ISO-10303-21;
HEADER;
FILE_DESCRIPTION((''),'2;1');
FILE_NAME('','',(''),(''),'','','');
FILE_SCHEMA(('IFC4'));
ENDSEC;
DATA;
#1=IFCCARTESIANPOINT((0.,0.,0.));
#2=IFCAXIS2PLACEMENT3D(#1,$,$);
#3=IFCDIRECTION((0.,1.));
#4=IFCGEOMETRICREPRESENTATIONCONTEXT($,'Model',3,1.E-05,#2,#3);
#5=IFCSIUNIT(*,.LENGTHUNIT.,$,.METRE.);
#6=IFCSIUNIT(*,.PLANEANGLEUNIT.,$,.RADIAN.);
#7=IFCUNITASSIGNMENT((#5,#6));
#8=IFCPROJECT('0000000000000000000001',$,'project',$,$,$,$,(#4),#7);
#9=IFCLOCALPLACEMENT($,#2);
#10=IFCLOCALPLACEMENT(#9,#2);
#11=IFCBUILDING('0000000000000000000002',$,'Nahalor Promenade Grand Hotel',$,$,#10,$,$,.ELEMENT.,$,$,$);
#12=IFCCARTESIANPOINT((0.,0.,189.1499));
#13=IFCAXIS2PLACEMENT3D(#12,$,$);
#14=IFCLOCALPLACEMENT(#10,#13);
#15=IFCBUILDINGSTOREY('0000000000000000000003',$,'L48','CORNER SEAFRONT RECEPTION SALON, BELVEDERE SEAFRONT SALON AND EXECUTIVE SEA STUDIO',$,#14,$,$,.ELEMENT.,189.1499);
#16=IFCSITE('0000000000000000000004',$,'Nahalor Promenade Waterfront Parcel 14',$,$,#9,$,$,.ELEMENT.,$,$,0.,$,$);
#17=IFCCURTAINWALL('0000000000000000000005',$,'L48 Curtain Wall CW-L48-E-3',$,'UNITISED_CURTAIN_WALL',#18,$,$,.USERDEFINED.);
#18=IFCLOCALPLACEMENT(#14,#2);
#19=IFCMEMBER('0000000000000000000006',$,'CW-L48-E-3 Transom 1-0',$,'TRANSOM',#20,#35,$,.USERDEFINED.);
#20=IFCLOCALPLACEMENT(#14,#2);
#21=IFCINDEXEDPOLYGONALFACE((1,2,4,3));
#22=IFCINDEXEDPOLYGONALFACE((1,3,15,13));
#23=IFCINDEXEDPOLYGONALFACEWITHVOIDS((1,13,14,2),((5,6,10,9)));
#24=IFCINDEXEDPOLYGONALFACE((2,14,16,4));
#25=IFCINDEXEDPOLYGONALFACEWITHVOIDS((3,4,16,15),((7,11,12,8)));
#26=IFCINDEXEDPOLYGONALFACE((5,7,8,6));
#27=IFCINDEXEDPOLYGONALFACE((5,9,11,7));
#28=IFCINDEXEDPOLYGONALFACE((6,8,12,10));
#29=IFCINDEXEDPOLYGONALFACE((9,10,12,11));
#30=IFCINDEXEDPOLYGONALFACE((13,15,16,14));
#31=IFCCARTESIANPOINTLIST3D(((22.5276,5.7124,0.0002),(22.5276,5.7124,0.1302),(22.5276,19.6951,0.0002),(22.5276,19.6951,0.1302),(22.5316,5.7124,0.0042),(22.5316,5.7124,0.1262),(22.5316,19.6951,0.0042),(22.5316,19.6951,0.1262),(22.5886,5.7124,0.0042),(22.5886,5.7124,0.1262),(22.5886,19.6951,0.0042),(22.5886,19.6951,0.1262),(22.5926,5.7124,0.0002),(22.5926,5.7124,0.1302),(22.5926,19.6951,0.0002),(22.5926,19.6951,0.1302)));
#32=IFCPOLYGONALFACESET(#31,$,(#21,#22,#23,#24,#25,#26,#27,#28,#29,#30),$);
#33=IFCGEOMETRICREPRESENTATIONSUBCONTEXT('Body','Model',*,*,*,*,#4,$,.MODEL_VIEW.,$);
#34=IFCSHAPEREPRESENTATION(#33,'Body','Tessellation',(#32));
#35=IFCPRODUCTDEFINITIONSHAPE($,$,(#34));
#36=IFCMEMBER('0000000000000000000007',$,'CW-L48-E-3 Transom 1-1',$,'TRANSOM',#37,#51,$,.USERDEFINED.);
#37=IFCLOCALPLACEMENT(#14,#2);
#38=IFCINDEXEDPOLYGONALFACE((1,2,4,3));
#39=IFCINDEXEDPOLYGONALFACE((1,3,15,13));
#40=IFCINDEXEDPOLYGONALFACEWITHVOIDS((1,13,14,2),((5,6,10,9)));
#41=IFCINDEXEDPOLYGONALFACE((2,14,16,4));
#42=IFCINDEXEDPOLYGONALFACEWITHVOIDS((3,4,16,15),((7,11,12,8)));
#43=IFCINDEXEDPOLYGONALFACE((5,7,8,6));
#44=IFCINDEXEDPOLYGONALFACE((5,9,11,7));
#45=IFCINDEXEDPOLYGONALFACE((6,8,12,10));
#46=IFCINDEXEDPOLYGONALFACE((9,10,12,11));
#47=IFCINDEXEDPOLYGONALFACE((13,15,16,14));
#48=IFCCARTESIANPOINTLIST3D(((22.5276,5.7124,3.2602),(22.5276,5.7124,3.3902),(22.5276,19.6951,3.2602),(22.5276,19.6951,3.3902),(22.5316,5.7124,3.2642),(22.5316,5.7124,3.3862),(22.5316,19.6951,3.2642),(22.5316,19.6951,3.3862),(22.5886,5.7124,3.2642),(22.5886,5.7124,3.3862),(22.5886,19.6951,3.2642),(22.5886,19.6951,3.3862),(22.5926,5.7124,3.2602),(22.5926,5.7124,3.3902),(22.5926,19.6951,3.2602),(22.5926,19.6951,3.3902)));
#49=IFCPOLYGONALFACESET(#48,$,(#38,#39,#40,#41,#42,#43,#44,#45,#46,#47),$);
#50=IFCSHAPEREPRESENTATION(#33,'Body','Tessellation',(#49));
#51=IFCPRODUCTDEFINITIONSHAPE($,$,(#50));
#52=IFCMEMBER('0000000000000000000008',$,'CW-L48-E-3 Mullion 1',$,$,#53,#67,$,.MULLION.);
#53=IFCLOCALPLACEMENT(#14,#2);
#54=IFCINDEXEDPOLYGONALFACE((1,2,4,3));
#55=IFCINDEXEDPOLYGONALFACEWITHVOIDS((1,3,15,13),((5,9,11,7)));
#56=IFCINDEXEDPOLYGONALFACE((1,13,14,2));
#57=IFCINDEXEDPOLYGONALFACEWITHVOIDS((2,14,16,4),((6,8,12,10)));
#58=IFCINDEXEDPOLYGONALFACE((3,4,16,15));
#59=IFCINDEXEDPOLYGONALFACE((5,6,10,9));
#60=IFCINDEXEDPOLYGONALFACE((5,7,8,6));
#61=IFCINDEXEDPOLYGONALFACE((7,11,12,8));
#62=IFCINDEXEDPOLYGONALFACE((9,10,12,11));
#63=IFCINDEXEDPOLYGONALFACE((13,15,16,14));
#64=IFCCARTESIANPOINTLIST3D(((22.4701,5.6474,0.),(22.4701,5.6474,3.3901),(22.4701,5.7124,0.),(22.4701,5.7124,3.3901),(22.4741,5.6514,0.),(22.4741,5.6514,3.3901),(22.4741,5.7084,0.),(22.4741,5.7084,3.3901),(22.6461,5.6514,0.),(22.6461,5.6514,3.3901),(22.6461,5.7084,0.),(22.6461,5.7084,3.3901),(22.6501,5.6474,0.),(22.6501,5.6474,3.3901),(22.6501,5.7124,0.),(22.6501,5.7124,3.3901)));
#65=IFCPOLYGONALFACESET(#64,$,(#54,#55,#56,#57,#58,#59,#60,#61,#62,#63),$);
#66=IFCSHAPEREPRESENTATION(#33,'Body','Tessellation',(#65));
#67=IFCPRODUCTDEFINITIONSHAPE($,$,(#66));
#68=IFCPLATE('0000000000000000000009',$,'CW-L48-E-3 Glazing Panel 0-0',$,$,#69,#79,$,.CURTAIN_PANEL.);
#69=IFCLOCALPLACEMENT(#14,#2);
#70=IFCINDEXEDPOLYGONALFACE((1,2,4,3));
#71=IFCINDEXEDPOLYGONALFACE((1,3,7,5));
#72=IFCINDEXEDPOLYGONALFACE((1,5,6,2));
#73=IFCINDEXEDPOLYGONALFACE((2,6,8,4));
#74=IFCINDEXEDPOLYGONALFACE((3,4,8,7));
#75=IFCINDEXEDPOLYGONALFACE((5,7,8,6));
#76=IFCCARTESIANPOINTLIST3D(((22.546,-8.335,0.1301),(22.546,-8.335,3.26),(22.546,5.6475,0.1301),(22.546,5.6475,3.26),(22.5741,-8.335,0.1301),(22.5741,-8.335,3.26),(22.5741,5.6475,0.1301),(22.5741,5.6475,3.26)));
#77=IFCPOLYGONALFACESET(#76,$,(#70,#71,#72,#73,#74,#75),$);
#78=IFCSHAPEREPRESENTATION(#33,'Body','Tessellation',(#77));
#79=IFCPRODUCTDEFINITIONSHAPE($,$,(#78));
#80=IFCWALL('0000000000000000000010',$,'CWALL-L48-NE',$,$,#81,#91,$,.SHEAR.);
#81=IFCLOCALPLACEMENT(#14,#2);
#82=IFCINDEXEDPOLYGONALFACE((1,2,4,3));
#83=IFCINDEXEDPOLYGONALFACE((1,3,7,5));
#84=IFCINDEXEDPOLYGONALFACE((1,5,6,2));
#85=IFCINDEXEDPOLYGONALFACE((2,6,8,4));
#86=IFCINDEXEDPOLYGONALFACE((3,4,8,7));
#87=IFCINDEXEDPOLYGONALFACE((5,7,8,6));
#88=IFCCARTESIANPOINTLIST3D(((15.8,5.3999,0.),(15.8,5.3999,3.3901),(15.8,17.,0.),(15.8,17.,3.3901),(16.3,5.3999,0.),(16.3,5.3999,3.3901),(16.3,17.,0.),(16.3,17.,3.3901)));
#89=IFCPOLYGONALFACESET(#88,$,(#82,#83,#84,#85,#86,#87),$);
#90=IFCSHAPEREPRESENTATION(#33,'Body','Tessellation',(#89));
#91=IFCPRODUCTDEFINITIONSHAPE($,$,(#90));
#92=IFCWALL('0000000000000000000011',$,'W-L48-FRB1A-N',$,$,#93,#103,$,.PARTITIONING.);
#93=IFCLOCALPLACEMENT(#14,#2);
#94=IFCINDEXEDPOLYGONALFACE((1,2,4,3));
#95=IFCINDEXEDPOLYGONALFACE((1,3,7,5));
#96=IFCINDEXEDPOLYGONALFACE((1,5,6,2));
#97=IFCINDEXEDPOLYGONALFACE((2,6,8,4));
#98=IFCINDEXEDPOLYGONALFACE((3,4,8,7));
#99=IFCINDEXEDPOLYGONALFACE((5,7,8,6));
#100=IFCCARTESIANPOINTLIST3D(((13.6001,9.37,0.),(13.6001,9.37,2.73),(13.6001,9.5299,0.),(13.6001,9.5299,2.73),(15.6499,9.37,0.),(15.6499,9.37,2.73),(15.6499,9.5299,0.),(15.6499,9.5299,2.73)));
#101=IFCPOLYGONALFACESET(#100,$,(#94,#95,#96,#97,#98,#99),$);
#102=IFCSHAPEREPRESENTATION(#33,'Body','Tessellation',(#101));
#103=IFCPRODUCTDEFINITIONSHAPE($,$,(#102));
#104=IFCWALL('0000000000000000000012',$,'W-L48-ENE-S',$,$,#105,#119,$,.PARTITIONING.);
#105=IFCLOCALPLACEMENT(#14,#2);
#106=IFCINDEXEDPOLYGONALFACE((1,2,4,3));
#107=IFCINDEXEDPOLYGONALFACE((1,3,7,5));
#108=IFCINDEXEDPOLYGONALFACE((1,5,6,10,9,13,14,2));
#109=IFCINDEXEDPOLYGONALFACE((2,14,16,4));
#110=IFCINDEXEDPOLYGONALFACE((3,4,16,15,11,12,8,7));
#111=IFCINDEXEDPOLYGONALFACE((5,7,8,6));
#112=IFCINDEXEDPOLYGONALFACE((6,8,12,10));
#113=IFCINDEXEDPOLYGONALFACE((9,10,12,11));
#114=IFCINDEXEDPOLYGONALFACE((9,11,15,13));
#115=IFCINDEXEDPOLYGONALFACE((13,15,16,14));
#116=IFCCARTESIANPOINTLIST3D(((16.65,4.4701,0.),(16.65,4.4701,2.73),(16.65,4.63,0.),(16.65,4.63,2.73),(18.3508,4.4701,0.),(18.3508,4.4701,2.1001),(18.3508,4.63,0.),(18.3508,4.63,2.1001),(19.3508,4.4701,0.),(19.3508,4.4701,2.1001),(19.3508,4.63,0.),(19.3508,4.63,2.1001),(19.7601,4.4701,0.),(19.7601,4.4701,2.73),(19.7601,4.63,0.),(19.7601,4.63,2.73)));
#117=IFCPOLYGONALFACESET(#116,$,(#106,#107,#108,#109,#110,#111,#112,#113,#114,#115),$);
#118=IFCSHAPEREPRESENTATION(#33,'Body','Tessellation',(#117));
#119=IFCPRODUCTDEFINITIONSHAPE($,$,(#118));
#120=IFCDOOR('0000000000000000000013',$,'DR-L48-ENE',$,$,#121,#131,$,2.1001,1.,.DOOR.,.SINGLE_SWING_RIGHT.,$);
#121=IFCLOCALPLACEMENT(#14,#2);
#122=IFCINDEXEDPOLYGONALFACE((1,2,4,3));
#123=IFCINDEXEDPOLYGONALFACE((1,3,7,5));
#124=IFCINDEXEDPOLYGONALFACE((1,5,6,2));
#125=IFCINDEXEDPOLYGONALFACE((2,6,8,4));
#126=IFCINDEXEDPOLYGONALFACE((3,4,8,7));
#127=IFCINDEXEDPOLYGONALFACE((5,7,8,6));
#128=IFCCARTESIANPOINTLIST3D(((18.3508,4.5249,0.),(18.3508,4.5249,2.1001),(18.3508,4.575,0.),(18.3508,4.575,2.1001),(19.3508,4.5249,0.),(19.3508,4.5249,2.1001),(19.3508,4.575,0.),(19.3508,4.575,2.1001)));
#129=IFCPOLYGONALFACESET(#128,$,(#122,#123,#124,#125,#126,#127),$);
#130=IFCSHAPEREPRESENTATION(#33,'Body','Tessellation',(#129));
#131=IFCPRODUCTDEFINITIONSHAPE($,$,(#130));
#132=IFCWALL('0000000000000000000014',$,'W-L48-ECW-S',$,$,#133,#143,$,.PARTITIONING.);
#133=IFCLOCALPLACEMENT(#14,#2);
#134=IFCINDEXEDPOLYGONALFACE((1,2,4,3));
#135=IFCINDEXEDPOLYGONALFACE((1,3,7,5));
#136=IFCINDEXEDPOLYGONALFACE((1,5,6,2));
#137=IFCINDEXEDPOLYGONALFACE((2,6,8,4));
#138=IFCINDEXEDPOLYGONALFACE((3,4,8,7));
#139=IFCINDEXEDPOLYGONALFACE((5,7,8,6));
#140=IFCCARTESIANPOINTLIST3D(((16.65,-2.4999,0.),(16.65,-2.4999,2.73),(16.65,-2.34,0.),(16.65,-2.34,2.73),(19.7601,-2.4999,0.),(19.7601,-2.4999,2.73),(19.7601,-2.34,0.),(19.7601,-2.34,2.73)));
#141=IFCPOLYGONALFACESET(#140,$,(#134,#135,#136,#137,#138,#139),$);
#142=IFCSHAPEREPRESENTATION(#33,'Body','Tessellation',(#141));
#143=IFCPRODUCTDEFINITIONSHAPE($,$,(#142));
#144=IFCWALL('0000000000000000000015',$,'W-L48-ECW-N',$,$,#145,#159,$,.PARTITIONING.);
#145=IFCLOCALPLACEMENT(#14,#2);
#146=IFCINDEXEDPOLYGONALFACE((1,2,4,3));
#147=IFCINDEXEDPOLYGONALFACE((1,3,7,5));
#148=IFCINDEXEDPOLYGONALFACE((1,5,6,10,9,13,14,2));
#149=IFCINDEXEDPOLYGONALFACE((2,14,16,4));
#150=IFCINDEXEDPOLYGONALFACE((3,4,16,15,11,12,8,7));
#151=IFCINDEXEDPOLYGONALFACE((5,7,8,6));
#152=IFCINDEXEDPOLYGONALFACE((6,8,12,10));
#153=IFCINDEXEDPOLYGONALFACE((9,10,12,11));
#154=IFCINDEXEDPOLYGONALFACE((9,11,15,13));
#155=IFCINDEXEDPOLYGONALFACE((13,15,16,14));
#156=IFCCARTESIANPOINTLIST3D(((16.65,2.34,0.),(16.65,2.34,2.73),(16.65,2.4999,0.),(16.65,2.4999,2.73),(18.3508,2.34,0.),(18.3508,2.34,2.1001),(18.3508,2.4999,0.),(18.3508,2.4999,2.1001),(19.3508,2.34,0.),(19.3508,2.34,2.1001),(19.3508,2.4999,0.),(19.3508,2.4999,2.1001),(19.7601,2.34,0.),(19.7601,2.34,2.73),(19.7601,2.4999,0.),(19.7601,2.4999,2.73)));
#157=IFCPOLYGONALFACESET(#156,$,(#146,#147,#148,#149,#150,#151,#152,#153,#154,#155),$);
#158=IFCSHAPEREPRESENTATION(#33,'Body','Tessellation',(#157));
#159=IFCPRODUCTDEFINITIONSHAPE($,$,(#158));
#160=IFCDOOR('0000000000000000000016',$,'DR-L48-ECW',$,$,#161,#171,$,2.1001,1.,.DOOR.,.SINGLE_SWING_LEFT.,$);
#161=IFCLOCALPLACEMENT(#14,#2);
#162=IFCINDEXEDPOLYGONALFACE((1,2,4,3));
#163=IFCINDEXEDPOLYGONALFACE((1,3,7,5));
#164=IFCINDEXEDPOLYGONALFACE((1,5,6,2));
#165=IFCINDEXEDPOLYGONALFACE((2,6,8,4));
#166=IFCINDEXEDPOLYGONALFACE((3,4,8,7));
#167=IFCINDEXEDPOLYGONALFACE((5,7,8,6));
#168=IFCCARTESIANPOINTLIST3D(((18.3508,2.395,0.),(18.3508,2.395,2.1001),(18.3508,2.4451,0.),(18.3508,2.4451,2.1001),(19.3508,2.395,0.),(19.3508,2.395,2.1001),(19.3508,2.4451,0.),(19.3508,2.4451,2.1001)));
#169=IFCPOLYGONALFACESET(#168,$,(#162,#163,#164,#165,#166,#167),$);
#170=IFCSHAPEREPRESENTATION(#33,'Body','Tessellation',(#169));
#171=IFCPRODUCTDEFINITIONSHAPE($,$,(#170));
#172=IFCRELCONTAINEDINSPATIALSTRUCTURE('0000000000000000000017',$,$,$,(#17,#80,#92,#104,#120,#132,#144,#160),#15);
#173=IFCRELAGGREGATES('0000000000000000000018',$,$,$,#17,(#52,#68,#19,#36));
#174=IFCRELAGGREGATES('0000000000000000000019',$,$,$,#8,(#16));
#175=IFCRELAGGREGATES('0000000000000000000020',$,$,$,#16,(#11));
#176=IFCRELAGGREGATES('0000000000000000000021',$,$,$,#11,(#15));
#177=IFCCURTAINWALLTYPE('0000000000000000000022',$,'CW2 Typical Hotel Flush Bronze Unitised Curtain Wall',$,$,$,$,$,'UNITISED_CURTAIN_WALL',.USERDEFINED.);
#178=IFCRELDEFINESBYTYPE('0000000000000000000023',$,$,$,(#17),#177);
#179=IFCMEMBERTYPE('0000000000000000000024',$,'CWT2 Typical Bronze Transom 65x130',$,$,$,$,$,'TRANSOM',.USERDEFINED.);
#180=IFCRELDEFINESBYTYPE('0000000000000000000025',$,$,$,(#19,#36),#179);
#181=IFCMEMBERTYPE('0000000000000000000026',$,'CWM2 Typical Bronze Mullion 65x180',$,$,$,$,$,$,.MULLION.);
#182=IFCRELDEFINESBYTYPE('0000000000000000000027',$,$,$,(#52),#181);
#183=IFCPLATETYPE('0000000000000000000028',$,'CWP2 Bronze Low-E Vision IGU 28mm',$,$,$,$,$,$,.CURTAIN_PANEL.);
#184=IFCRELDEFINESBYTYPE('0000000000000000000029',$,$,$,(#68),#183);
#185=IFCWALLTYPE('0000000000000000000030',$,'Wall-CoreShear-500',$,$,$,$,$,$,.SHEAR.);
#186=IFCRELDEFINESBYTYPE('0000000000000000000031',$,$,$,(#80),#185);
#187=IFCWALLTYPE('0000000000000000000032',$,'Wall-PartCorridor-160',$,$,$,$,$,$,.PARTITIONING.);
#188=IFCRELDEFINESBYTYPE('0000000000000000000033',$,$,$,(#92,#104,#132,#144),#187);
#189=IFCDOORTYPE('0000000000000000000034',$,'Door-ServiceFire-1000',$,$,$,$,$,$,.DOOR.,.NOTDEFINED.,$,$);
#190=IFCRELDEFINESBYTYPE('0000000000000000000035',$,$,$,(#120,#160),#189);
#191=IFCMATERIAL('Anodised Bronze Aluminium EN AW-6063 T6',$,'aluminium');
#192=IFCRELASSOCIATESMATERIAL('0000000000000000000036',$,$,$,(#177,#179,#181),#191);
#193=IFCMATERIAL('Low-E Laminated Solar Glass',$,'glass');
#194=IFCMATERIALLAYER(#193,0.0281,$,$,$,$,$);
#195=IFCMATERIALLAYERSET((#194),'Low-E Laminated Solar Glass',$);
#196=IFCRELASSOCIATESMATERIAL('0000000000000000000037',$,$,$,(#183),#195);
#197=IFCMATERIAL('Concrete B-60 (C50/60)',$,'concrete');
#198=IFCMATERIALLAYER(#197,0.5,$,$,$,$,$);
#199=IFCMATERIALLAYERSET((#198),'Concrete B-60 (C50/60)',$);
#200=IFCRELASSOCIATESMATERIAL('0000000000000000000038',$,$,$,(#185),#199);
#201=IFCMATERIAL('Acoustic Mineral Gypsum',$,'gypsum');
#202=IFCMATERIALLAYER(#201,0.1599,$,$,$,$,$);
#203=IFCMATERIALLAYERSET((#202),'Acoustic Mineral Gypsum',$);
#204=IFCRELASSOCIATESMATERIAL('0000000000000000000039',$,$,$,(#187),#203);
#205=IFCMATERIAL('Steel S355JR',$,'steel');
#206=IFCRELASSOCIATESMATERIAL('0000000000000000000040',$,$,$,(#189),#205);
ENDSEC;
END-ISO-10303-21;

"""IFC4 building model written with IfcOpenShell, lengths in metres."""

from ifc_helpers import new_model, si_unit, direction, frame, frame_2d, origin, origin_2d, place, context, subcontext, project, spatial, rectangle, hollow_rectangle, extrude, source, transform, mapped, material, layer, layer_set, material_profile, profile_set, type_object, element, fill, aggregate, save


model = new_model("IFC4")

# Units and contexts
model_context = context("Model", 3, precision=1e-05, world=origin(), true_north=direction((0.0, 1.0)))
body_context = subcontext(model_context, "Body", "Model", "MODEL_VIEW")
ifc_project = project(units=[si_unit("LENGTHUNIT", "METRE"), si_unit("PLANEANGLEUNIT", "RADIAN")], contexts=[model_context])

# Site, building, storey
site_placement = place(None, origin())
site = spatial("IfcSite", under=ifc_project, at=site_placement, Name="Nahalor Promenade Waterfront Parcel 14", CompositionType="ELEMENT", RefElevation=0.0)
building_placement = place(site_placement, origin())
building = spatial("IfcBuilding", under=site, at=building_placement, Name="Nahalor Promenade Grand Hotel", CompositionType="ELEMENT")
storey_placement = place(building_placement, frame((0.0, 0.0, 189.1499)))
storey = spatial("IfcBuildingStorey", under=building, at=storey_placement, Name="L48", Description="CORNER SEAFRONT RECEPTION SALON, BELVEDERE SEAFRONT SALON AND EXECUTIVE SEA STUDIO", CompositionType="ELEMENT", Elevation=189.1499)

# Shared definitions
ifc_material_1 = material(Name="Steel S355JR", Category="steel")

# Curtain wall, members, plate
ifc_material_2 = material(Name="Anodised Bronze Aluminium EN AW-6063 T6", Category="aluminium")
curtain_wall_type = type_object("IfcCurtainWallType", Name="CW2 Typical Hotel Flush Bronze Unitised Curtain Wall", ElementType="UNITISED_CURTAIN_WALL", PredefinedType="USERDEFINED", material=ifc_material_2)
curtain_wall_placement = place(storey_placement, origin())
curtain_wall = element("IfcCurtainWall", 1, at=curtain_wall_placement, inside=storey, type_object=curtain_wall_type, Name="L48 Curtain Wall CW-L48-E-3", ObjectType="UNITISED_CURTAIN_WALL", PredefinedType="USERDEFINED")
ifc_material_profile_1 = material_profile(ifc_material_2, hollow_rectangle(XDim=0.065, YDim=0.13, WallThickness=0.004, at=origin_2d()), Name="CWT 65x130x4")
ifc_profile_set_1 = profile_set([ifc_material_profile_1], Name="Anodised Bronze Aluminium EN AW-6063 T6")
member_type_1 = type_object("IfcMemberType", Name="CWT2 Typical Bronze Transom 65x130", ElementType="TRANSOM", PredefinedType="USERDEFINED", material=ifc_profile_set_1)
shared_shape_1 = source(origin(), body_context, "Body", "SweptSolid", [
    extrude(hollow_rectangle(XDim=0.065, YDim=0.13, WallThickness=0.004, at=origin_2d()), origin(), (0.0, 0.0, 1.0), 13.9827),
])
member_1_placement = place(storey_placement, frame((22.5601, 5.7124, 0.0652), z_axis=(0.0, 1.0, 0.0), x_axis=(-1.0, 0.0, 0.0)))
member_1 = element("IfcMember", 2, at=member_1_placement, type_object=member_type_1, Name="CW-L48-E-3 Transom 1-0", ObjectType="TRANSOM", PredefinedType="USERDEFINED", context=body_context, shape_type="MappedRepresentation", body=[
    mapped(shared_shape_1, transform((0.0, 0.0, 0.0), scale=1.0)),
])
member_2_placement = place(storey_placement, frame((22.5601, 5.7124, 3.3252), z_axis=(0.0, 1.0, 0.0), x_axis=(-1.0, 0.0, 0.0)))
member_2 = element("IfcMember", 3, at=member_2_placement, type_object=member_type_1, Name="CW-L48-E-3 Transom 1-1", ObjectType="TRANSOM", PredefinedType="USERDEFINED", context=body_context, shape_type="MappedRepresentation", body=[
    mapped(shared_shape_1, transform((0.0, 0.0, 0.0), scale=1.0)),
])
ifc_material_profile_2 = material_profile(ifc_material_2, hollow_rectangle(XDim=0.065, YDim=0.18, WallThickness=0.004, at=origin_2d()), Name="CWM 65x180x4")
ifc_profile_set_2 = profile_set([ifc_material_profile_2], Name="Anodised Bronze Aluminium EN AW-6063 T6")
member_type_2 = type_object("IfcMemberType", Name="CWM2 Typical Bronze Mullion 65x180", PredefinedType="MULLION", material=ifc_profile_set_2)
shared_shape_2 = source(origin(), body_context, "Body", "SweptSolid", [
    extrude(hollow_rectangle(XDim=0.065, YDim=0.18, WallThickness=0.004, at=origin_2d()), origin(), (0.0, 0.0, 1.0), 3.3901),
])
member_3_placement = place(storey_placement, frame((22.5601, 5.6799, 0.0), z_axis=(0.0, 0.0, 1.0), x_axis=(0.0, 1.0, 0.0)))
member_3 = element("IfcMember", 4, at=member_3_placement, type_object=member_type_2, Name="CW-L48-E-3 Mullion 1", PredefinedType="MULLION", context=body_context, shape_type="MappedRepresentation", body=[
    mapped(shared_shape_2, transform((0.0, 0.0, 0.0), scale=1.0)),
])
ifc_material_3 = material(Name="Low-E Laminated Solar Glass", Category="glass")
ifc_layer_1 = layer(ifc_material_3, 0.0281)
ifc_layer_set_1 = layer_set([ifc_layer_1], Name="Low-E Laminated Solar Glass")
plate_type = type_object("IfcPlateType", Name="CWP2 Bronze Low-E Vision IGU 28mm", PredefinedType="CURTAIN_PANEL", material=ifc_layer_set_1)
shared_shape_3 = source(origin(), body_context, "Body", "SweptSolid", [
    extrude(rectangle(XDim=13.9824, YDim=0.0281, at=origin_2d()), origin(), (0.0, 0.0, 1.0), 3.1299),
])
plate_placement = place(storey_placement, frame((22.5601, -1.3438, 0.1301), z_axis=(0.0, 0.0, 1.0), x_axis=(0.0, 1.0, 0.0)))
plate = element("IfcPlate", 5, at=plate_placement, type_object=plate_type, Name="CW-L48-E-3 Glazing Panel 0-0", PredefinedType="CURTAIN_PANEL", context=body_context, shape_type="MappedRepresentation", body=[
    mapped(shared_shape_3, transform((0.0, 0.0, 0.0), scale=1.0)),
])
aggregate(curtain_wall, [member_3, plate, member_1, member_2])

# Walls
ifc_material_4 = material(Name="Concrete B-60 (C50/60)", Category="concrete")
ifc_layer_2 = layer(ifc_material_4, 0.5)
ifc_layer_set_2 = layer_set([ifc_layer_2], Name="Concrete B-60 (C50/60)")
wall_type_1 = type_object("IfcWallType", Name="Wall-CoreShear-500", PredefinedType="SHEAR", material=ifc_layer_set_2)
shared_shape_4 = source(origin(), body_context, "Body", "SweptSolid", [
    extrude(rectangle(XDim=11.6001, YDim=0.5, at=frame_2d((5.8, 0.0))), origin(), (0.0, 0.0, 1.0), 3.3901),
])
wall_1_placement = place(storey_placement, frame((16.05, 5.3999, 0.0), z_axis=(0.0, 0.0, 1.0), x_axis=(0.0, 1.0, 0.0)))
element("IfcWall", 6, at=wall_1_placement, inside=storey, type_object=wall_type_1, Name="CWALL-L48-NE", PredefinedType="SHEAR", context=body_context, shape_type="MappedRepresentation", body=[
    mapped(shared_shape_4, transform((0.0, 0.0, 0.0), scale=1.0)),
])
ifc_material_5 = material(Name="Acoustic Mineral Gypsum", Category="gypsum")
ifc_layer_3 = layer(ifc_material_5, 0.1599)
ifc_layer_set_3 = layer_set([ifc_layer_3], Name="Acoustic Mineral Gypsum")
wall_type_2 = type_object("IfcWallType", Name="Wall-PartCorridor-160", PredefinedType="PARTITIONING", material=ifc_layer_set_3)
shared_shape_5 = source(origin(), body_context, "Body", "SweptSolid", [
    extrude(rectangle(XDim=2.0498, YDim=0.1599, at=frame_2d((1.0249, 0.0))), origin(), (0.0, 0.0, 1.0), 2.73),
])
wall_2_placement = place(storey_placement, frame((13.6001, 9.45, 0.0), z_axis=(0.0, 0.0, 1.0), x_axis=(1.0, 0.0, 0.0)))
element("IfcWall", 7, at=wall_2_placement, inside=storey, type_object=wall_type_2, Name="W-L48-FRB1A-N", PredefinedType="PARTITIONING", context=body_context, shape_type="MappedRepresentation", body=[
    mapped(shared_shape_5, transform((0.0, 0.0, 0.0), scale=1.0)),
])

# Wall, opening, door
shared_shape_6 = source(origin(), body_context, "Body", "SweptSolid", [
    extrude(rectangle(XDim=3.1101, YDim=0.1599, at=frame_2d((1.5552, 0.0))), origin(), (0.0, 0.0, 1.0), 2.73),
])
wall_3_placement = place(storey_placement, frame((16.6499, 4.55, 0.0), z_axis=(0.0, 0.0, 1.0), x_axis=(1.0, 0.0, 0.0)))
wall_3 = element("IfcWall", 8, at=wall_3_placement, inside=storey, type_object=wall_type_2, Name="W-L48-ENE-S", PredefinedType="PARTITIONING", context=body_context, shape_type="MappedRepresentation", body=[
    mapped(shared_shape_6, transform((0.0, 0.0, 0.0), scale=1.0)),
])
opening_1_placement = place(wall_3_placement, frame((1.7009, 0.0, 0.0)))
opening_1 = element("IfcOpeningElement", 9, at=opening_1_placement, cuts=wall_3, PredefinedType="OPENING", context=body_context, shape_type="SweptSolid", body=[
    extrude(rectangle(XDim=1.0, YDim=2.1001, at=frame_2d((0.5, 1.05))), frame((0.0, 0.0898, 0.0), z_axis=(0.0, -1.0, 0.0), x_axis=(1.0, 0.0, 0.0)), (0.0, 0.0, 1.0), 0.1799),
])
door_type_1 = type_object("IfcDoorType", Name="Door-ServiceFire-1000", OperationType="NOTDEFINED", PredefinedType="DOOR", material=ifc_material_1)
shared_shape_7 = source(origin(), body_context, "Body", "SweptSolid", [
    extrude(rectangle(XDim=1.0, YDim=2.1001, at=frame_2d((0.5, 1.05))), frame((0.0, 0.0249, 0.0), z_axis=(0.0, -1.0, 0.0), x_axis=(1.0, 0.0, 0.0)), (0.0, 0.0, 1.0), 0.05),
])
door_1_placement = place(opening_1_placement, origin())
door_1 = element("IfcDoor", 10, at=door_1_placement, inside=storey, type_object=door_type_1, Name="DR-L48-ENE", OperationType="SINGLE_SWING_RIGHT", OverallHeight=2.1001, OverallWidth=1.0, PredefinedType="DOOR", context=body_context, shape_type="MappedRepresentation", body=[
    mapped(shared_shape_7, transform((0.0, 0.0, 0.0), scale=1.0)),
])
fill(opening_1, door_1)

# Wall
wall_4_placement = place(storey_placement, frame((16.6499, -2.4199, 0.0), z_axis=(0.0, 0.0, 1.0), x_axis=(1.0, 0.0, 0.0)))
element("IfcWall", 11, at=wall_4_placement, inside=storey, type_object=wall_type_2, Name="W-L48-ECW-S", PredefinedType="PARTITIONING", context=body_context, shape_type="MappedRepresentation", body=[
    mapped(shared_shape_6, transform((0.0, 0.0, 0.0), scale=1.0)),
])

# Wall, opening, door
wall_5_placement = place(storey_placement, frame((16.6499, 2.4199, 0.0), z_axis=(0.0, 0.0, 1.0), x_axis=(1.0, 0.0, 0.0)))
wall_5 = element("IfcWall", 12, at=wall_5_placement, inside=storey, type_object=wall_type_2, Name="W-L48-ECW-N", PredefinedType="PARTITIONING", context=body_context, shape_type="MappedRepresentation", body=[
    mapped(shared_shape_6, transform((0.0, 0.0, 0.0), scale=1.0)),
])
opening_2_placement = place(wall_5_placement, frame((1.7009, 0.0, 0.0)))
opening_2 = element("IfcOpeningElement", 13, at=opening_2_placement, cuts=wall_5, PredefinedType="OPENING", context=body_context, shape_type="SweptSolid", body=[
    extrude(rectangle(XDim=1.0, YDim=2.1001, at=frame_2d((0.5, 1.05))), frame((0.0, 0.0898, 0.0), z_axis=(0.0, -1.0, 0.0), x_axis=(1.0, 0.0, 0.0)), (0.0, 0.0, 1.0), 0.1799),
])
door_2_placement = place(opening_2_placement, frame((1.0, 0.0, 0.0), z_axis=(0.0, 0.0, 1.0), x_axis=(-1.0, 0.0, 0.0)))
door_2 = element("IfcDoor", 14, at=door_2_placement, inside=storey, type_object=door_type_1, Name="DR-L48-ECW", OperationType="SINGLE_SWING_LEFT", OverallHeight=2.1001, OverallWidth=1.0, PredefinedType="DOOR", context=body_context, shape_type="MappedRepresentation", body=[
    mapped(shared_shape_7, transform((0.0, 0.0, 0.0), scale=1.0)),
])
fill(opening_2, door_2)

save(model, "model.ifc")
